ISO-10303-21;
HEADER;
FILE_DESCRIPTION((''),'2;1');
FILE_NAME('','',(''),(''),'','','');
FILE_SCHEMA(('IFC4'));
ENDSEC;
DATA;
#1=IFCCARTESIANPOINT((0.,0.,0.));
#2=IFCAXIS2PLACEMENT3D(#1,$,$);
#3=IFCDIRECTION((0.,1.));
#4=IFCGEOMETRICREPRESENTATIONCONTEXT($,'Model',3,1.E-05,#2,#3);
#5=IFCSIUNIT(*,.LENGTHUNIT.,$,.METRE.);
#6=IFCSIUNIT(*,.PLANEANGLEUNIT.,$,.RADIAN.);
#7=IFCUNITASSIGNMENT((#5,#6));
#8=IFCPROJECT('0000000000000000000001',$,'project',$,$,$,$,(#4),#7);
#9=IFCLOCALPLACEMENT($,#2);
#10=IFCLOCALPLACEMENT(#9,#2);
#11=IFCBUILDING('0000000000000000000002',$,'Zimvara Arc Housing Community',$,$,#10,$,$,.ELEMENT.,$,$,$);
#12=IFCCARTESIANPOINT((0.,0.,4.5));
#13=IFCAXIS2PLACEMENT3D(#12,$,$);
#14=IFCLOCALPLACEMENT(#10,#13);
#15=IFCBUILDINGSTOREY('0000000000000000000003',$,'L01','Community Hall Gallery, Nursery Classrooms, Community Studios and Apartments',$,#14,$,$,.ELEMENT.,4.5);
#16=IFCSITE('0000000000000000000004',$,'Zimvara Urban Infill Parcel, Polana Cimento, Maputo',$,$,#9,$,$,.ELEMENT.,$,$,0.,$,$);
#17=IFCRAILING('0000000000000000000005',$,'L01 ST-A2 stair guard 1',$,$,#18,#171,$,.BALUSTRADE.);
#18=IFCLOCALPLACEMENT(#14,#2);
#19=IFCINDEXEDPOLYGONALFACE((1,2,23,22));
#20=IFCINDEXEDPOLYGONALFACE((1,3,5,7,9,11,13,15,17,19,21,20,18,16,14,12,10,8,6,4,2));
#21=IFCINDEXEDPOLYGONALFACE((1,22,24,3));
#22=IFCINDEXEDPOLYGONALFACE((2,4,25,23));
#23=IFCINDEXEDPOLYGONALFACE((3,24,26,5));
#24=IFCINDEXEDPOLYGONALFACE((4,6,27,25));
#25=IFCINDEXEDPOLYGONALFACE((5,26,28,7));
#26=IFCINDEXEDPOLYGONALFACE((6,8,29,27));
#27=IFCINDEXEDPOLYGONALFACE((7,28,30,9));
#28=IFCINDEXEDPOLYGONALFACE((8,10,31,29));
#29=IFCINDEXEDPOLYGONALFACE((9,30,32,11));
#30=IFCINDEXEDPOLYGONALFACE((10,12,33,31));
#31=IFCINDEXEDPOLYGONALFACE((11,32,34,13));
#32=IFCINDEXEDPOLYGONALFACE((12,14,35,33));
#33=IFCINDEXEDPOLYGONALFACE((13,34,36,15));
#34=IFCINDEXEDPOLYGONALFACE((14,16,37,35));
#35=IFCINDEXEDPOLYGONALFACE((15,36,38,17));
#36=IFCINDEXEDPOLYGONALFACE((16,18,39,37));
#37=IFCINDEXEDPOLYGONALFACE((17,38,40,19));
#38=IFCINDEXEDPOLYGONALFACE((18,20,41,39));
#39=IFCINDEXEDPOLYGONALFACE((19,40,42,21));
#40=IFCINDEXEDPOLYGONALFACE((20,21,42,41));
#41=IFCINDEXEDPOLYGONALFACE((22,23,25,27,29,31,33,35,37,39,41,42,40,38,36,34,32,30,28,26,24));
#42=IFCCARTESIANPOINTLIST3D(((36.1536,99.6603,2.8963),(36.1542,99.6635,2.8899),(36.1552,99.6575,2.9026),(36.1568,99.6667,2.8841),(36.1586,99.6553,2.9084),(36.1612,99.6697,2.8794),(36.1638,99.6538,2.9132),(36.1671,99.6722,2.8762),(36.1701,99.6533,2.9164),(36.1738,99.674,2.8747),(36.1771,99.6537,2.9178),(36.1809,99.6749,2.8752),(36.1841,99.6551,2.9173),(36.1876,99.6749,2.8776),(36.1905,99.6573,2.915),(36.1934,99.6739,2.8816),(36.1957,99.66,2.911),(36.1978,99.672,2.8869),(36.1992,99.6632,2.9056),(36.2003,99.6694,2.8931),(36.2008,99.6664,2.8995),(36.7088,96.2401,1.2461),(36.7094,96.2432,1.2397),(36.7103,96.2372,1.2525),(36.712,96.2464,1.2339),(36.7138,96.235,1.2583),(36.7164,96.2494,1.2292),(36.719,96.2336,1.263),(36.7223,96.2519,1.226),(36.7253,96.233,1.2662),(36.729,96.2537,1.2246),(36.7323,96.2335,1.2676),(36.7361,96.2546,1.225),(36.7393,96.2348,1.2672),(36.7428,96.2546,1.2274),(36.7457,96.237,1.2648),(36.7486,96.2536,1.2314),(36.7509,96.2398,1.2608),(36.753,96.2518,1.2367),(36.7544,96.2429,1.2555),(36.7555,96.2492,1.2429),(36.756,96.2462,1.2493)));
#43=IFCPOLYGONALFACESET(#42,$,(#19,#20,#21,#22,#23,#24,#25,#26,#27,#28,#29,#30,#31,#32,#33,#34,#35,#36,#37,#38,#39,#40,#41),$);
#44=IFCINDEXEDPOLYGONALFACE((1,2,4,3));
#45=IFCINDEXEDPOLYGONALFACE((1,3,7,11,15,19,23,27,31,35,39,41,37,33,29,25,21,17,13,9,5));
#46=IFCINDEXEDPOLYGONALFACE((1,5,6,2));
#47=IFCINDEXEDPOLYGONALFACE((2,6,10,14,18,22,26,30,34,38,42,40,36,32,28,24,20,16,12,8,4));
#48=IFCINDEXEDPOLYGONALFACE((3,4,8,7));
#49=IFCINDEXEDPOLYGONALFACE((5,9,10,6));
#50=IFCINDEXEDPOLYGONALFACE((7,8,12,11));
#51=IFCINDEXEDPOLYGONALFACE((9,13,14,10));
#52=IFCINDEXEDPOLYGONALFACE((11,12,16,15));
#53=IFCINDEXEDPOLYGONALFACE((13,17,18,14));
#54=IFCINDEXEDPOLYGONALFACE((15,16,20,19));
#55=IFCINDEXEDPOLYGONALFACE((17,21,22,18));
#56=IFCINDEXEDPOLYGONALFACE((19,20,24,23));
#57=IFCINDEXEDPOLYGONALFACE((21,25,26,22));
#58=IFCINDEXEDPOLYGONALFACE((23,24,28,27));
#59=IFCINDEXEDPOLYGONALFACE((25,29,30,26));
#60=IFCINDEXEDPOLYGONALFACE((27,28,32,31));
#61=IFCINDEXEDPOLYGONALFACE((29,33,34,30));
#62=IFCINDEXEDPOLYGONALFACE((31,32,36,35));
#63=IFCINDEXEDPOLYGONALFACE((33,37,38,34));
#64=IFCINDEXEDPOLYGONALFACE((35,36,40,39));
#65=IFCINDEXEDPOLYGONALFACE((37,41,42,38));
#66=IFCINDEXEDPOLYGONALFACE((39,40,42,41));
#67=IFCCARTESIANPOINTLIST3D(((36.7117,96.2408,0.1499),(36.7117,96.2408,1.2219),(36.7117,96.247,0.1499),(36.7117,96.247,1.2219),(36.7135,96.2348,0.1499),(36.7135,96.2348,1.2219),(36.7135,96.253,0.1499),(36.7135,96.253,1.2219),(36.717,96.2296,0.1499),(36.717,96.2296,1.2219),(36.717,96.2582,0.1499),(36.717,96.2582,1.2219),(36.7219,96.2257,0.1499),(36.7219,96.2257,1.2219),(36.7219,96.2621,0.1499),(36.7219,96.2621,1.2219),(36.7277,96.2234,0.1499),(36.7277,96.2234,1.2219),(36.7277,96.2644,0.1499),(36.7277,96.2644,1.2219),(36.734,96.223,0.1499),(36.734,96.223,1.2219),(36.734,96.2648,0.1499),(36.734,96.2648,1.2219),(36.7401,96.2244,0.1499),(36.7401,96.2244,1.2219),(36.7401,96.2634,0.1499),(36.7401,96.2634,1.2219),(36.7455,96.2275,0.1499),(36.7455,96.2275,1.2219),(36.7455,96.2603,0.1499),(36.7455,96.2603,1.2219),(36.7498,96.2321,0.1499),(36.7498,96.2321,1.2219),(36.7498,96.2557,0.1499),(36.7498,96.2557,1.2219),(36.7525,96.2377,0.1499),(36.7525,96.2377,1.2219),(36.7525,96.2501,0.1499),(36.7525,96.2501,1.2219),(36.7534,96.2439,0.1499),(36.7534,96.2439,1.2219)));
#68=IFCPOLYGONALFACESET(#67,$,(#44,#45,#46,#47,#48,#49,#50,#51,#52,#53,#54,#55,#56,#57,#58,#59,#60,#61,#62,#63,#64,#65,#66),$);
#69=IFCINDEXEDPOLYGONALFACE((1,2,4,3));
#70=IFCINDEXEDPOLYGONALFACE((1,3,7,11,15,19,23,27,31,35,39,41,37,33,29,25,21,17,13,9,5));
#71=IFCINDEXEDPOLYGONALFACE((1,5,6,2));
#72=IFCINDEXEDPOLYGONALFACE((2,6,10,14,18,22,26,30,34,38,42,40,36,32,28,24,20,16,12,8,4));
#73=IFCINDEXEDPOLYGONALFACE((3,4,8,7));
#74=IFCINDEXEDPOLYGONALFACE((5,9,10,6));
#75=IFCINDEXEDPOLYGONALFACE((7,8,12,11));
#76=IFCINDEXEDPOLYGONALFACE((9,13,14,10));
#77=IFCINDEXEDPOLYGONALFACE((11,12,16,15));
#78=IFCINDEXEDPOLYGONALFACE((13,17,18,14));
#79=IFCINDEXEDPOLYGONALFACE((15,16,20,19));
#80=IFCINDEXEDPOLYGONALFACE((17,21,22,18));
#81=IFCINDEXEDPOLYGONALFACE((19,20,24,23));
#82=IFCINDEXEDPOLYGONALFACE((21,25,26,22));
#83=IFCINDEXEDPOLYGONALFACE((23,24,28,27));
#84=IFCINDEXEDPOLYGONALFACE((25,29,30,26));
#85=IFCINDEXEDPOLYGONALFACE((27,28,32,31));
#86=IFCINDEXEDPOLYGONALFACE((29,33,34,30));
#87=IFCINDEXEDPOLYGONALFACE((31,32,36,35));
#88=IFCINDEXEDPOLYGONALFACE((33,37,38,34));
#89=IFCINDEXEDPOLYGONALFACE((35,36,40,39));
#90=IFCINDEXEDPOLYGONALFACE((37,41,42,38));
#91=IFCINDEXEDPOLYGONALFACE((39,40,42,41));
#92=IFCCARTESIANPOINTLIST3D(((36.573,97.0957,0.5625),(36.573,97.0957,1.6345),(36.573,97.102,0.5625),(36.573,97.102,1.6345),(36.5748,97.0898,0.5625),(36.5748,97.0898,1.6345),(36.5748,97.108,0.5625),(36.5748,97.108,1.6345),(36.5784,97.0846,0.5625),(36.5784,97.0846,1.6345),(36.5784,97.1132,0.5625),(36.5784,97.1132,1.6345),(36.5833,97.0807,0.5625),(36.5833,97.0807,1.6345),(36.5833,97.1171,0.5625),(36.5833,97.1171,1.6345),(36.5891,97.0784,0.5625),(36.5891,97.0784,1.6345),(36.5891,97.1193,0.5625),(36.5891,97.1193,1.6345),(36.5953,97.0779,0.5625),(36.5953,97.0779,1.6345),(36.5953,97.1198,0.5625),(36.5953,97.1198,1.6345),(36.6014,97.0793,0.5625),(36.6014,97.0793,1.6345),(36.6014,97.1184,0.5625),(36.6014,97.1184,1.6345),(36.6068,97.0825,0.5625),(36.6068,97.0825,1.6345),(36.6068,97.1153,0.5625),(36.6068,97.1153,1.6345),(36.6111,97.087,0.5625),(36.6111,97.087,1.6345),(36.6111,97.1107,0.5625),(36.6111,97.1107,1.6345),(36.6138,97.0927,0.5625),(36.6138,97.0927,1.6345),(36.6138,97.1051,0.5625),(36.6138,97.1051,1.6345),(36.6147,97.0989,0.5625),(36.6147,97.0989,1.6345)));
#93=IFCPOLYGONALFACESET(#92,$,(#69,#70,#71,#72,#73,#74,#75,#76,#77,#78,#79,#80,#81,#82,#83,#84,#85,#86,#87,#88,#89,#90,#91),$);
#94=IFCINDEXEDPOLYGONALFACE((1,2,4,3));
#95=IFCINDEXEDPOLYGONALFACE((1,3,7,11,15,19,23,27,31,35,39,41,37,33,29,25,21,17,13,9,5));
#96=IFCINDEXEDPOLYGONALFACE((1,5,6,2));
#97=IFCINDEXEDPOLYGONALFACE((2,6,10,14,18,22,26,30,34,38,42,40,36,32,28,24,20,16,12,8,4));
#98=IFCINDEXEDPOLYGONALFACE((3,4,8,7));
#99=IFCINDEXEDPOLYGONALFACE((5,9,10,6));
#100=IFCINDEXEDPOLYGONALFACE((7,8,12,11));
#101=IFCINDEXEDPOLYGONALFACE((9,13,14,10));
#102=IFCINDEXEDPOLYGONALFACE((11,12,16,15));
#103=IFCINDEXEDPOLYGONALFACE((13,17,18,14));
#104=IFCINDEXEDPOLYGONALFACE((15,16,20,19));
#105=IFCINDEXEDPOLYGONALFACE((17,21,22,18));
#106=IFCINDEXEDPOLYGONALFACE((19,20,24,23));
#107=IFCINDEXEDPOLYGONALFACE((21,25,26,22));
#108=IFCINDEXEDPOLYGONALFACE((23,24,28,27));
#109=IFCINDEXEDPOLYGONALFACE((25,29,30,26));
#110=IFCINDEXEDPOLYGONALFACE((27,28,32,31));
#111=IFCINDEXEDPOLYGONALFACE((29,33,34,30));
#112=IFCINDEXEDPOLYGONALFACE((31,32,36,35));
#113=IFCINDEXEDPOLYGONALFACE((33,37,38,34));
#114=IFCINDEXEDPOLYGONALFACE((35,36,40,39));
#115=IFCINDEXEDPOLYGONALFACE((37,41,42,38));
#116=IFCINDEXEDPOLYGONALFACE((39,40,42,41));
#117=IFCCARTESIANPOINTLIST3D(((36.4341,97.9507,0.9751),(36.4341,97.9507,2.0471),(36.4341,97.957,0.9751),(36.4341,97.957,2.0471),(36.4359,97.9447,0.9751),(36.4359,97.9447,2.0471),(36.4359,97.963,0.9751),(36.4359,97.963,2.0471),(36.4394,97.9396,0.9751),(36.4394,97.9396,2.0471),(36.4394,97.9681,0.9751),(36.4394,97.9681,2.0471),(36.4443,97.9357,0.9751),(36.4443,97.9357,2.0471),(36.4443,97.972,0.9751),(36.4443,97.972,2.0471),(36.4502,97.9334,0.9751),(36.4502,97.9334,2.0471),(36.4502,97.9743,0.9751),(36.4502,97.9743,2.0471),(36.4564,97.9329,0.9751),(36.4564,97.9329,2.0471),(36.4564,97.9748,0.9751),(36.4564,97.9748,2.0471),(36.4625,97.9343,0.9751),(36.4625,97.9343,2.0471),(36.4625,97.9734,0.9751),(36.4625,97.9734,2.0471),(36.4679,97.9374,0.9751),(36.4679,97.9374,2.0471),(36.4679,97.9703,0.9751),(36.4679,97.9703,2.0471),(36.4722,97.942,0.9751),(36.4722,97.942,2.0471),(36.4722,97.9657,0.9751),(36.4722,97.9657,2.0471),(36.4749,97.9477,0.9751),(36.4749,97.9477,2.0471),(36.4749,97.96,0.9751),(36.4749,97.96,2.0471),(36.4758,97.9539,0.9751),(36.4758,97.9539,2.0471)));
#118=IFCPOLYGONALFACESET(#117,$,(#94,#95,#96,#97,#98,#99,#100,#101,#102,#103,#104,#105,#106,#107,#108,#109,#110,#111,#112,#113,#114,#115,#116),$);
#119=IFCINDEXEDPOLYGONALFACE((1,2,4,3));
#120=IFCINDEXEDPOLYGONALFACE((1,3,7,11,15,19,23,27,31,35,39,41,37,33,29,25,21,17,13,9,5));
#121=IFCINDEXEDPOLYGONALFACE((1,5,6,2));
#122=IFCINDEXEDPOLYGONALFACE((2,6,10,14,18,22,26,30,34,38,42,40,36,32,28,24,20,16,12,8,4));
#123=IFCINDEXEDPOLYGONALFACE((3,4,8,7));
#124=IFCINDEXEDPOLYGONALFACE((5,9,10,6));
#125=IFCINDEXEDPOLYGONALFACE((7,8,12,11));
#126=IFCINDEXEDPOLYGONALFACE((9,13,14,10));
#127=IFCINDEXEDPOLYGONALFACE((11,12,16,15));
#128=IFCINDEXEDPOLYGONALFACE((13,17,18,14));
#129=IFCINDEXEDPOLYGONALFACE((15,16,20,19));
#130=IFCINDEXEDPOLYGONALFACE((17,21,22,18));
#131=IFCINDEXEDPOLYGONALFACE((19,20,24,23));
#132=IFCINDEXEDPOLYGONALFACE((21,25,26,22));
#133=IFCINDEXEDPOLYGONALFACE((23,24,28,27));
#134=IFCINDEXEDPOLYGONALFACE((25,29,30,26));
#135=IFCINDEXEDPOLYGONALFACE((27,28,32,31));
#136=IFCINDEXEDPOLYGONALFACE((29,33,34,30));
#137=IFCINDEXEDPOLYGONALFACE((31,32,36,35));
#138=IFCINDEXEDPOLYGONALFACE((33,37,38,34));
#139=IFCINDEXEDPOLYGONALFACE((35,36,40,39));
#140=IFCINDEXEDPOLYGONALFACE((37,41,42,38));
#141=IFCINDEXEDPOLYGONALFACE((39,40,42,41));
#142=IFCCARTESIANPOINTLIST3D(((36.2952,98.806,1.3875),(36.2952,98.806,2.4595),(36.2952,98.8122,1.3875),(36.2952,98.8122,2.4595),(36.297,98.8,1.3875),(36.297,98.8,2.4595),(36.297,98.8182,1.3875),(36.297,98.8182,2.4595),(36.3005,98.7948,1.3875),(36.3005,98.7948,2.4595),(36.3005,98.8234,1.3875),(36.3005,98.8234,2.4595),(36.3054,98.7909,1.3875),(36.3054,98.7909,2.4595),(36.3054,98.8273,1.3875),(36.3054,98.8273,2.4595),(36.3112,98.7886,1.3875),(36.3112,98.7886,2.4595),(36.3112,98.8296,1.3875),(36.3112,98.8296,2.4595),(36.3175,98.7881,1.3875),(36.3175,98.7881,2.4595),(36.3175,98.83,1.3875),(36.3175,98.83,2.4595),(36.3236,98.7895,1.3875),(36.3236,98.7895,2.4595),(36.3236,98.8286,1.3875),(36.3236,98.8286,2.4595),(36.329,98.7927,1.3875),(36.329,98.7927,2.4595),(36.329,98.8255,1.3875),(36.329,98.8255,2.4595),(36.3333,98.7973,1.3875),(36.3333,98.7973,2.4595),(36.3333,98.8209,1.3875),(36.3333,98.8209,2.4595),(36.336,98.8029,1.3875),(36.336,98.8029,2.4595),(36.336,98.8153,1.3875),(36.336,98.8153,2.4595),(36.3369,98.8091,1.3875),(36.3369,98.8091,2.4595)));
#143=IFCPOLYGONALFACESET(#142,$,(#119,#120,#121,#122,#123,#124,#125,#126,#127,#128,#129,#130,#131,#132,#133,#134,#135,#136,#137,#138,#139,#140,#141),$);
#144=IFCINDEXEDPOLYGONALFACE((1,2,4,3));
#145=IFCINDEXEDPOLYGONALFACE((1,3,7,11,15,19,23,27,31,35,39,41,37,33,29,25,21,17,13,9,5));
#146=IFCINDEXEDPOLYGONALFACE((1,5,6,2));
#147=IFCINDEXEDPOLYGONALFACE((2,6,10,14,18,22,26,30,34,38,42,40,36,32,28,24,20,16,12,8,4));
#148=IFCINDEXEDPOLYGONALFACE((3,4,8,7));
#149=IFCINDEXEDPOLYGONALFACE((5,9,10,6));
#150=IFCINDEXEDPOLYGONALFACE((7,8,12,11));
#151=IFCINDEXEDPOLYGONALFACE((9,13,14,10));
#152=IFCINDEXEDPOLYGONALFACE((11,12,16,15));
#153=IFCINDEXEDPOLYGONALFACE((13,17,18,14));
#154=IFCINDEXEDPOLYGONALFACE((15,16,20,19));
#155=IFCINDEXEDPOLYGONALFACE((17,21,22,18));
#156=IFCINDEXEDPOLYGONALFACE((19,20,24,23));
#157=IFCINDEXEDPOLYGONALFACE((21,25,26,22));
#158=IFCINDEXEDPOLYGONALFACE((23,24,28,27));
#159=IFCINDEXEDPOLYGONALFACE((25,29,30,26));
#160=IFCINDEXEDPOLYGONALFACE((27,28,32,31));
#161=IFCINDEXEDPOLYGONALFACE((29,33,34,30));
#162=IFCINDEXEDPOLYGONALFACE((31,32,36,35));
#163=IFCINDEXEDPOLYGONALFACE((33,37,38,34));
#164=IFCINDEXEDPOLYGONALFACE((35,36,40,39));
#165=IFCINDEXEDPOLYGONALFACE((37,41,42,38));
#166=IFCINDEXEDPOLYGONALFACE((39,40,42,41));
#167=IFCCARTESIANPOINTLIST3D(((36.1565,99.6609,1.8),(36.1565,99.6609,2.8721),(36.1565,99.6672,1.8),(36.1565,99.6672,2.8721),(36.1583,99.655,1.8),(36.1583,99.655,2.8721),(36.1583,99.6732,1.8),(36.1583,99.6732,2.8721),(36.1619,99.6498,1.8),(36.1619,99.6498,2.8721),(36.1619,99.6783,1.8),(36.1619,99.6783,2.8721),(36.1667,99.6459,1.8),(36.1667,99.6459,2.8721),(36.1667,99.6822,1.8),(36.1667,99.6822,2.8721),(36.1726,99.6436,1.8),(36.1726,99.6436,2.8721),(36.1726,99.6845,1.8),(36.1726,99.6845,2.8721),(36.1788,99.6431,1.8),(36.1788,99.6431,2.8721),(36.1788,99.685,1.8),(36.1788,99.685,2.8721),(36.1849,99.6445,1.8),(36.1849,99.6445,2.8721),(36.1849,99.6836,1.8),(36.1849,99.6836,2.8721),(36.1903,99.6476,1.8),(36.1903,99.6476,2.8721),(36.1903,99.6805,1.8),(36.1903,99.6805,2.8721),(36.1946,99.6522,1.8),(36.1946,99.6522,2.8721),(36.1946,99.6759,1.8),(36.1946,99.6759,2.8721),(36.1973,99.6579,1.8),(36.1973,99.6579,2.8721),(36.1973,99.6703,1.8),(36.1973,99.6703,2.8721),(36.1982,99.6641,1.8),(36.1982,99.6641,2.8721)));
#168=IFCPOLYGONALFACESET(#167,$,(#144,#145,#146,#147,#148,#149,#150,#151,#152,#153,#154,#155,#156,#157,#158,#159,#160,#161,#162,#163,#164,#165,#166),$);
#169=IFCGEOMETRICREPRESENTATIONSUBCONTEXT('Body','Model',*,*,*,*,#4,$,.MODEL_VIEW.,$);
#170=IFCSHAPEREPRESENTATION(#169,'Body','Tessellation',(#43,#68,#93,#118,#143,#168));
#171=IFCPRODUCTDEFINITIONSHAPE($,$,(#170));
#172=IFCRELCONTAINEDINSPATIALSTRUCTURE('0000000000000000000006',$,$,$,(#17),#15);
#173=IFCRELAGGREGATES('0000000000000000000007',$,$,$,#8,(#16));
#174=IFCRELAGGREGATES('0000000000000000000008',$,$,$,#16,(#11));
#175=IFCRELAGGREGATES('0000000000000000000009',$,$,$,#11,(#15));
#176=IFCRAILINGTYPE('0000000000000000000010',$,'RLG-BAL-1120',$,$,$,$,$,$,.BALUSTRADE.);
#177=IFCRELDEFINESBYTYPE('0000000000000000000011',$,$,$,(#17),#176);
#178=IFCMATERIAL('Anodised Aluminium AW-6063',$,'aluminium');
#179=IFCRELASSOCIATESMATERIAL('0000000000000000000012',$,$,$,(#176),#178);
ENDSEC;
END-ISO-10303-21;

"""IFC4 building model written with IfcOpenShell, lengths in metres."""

from ifc_helpers import new_model, si_unit, direction, frame, origin, origin_2d, place, context, subcontext, project, spatial, circle, extrude, material, type_object, element, save


model = new_model("IFC4")

# Units and contexts
model_context = context("Model", 3, precision=1e-05, world=origin(), true_north=direction((0.0, 1.0)))
body_context = subcontext(model_context, "Body", "Model", "MODEL_VIEW")
ifc_project = project(units=[si_unit("LENGTHUNIT", "METRE"), si_unit("PLANEANGLEUNIT", "RADIAN")], contexts=[model_context])

# Site, building, storey
site_placement = place(None, origin())
site = spatial("IfcSite", under=ifc_project, at=site_placement, Name="Zimvara Urban Infill Parcel, Polana Cimento, Maputo", CompositionType="ELEMENT", RefElevation=0.0)
building_placement = place(site_placement, origin())
building = spatial("IfcBuilding", under=site, at=building_placement, Name="Zimvara Arc Housing Community", CompositionType="ELEMENT")
storey_placement = place(building_placement, frame((0.0, 0.0, 4.5)))
storey = spatial("IfcBuildingStorey", under=building, at=storey_placement, Name="L01", Description="Community Hall Gallery, Nursery Classrooms, Community Studios and Apartments", CompositionType="ELEMENT", Elevation=4.5)

# Railing
ifc_material_1 = material(Name="Anodised Aluminium AW-6063", Category="aluminium")
railing_type_1 = type_object("IfcRailingType", Name="RLG-BAL-1120", PredefinedType="BALUSTRADE", material=ifc_material_1)
railing_1_placement = place(storey_placement, frame((36.7324, 96.2439, 0.1499)))
element("IfcRailing", 1, at=railing_1_placement, inside=storey, type_object=railing_type_1, Name="L01 ST-A2 stair guard 1", PredefinedType="BALUSTRADE", context=body_context, shape_type="SweptSolid", body=[
    extrude(circle(Radius=0.0239, at=origin_2d()), frame((0.0, 0.0, 1.0962), z_axis=(-0.14466, 0.891178, 0.429972), x_axis=(-0.98708, -0.160227, 0.0)), (0.0, 0.0, 1.0), 3.8379),
    extrude(circle(Radius=0.021, at=origin_2d()), origin(), (0.0, 0.0, 1.0), 1.072),
    extrude(circle(Radius=0.021, at=origin_2d()), frame((-0.1387, 0.855, 0.4126)), (0.0, 0.0, 1.0), 1.072),
    extrude(circle(Radius=0.021, at=origin_2d()), frame((-0.2776, 1.71, 0.8252)), (0.0, 0.0, 1.0), 1.072),
    extrude(circle(Radius=0.021, at=origin_2d()), frame((-0.4165, 2.5652, 1.2375)), (0.0, 0.0, 1.0), 1.072),
    extrude(circle(Radius=0.021, at=origin_2d()), frame((-0.5552, 3.4202, 1.6501)), (0.0, 0.0, 1.0), 1.072),
])

save(model, "model.ifc")
